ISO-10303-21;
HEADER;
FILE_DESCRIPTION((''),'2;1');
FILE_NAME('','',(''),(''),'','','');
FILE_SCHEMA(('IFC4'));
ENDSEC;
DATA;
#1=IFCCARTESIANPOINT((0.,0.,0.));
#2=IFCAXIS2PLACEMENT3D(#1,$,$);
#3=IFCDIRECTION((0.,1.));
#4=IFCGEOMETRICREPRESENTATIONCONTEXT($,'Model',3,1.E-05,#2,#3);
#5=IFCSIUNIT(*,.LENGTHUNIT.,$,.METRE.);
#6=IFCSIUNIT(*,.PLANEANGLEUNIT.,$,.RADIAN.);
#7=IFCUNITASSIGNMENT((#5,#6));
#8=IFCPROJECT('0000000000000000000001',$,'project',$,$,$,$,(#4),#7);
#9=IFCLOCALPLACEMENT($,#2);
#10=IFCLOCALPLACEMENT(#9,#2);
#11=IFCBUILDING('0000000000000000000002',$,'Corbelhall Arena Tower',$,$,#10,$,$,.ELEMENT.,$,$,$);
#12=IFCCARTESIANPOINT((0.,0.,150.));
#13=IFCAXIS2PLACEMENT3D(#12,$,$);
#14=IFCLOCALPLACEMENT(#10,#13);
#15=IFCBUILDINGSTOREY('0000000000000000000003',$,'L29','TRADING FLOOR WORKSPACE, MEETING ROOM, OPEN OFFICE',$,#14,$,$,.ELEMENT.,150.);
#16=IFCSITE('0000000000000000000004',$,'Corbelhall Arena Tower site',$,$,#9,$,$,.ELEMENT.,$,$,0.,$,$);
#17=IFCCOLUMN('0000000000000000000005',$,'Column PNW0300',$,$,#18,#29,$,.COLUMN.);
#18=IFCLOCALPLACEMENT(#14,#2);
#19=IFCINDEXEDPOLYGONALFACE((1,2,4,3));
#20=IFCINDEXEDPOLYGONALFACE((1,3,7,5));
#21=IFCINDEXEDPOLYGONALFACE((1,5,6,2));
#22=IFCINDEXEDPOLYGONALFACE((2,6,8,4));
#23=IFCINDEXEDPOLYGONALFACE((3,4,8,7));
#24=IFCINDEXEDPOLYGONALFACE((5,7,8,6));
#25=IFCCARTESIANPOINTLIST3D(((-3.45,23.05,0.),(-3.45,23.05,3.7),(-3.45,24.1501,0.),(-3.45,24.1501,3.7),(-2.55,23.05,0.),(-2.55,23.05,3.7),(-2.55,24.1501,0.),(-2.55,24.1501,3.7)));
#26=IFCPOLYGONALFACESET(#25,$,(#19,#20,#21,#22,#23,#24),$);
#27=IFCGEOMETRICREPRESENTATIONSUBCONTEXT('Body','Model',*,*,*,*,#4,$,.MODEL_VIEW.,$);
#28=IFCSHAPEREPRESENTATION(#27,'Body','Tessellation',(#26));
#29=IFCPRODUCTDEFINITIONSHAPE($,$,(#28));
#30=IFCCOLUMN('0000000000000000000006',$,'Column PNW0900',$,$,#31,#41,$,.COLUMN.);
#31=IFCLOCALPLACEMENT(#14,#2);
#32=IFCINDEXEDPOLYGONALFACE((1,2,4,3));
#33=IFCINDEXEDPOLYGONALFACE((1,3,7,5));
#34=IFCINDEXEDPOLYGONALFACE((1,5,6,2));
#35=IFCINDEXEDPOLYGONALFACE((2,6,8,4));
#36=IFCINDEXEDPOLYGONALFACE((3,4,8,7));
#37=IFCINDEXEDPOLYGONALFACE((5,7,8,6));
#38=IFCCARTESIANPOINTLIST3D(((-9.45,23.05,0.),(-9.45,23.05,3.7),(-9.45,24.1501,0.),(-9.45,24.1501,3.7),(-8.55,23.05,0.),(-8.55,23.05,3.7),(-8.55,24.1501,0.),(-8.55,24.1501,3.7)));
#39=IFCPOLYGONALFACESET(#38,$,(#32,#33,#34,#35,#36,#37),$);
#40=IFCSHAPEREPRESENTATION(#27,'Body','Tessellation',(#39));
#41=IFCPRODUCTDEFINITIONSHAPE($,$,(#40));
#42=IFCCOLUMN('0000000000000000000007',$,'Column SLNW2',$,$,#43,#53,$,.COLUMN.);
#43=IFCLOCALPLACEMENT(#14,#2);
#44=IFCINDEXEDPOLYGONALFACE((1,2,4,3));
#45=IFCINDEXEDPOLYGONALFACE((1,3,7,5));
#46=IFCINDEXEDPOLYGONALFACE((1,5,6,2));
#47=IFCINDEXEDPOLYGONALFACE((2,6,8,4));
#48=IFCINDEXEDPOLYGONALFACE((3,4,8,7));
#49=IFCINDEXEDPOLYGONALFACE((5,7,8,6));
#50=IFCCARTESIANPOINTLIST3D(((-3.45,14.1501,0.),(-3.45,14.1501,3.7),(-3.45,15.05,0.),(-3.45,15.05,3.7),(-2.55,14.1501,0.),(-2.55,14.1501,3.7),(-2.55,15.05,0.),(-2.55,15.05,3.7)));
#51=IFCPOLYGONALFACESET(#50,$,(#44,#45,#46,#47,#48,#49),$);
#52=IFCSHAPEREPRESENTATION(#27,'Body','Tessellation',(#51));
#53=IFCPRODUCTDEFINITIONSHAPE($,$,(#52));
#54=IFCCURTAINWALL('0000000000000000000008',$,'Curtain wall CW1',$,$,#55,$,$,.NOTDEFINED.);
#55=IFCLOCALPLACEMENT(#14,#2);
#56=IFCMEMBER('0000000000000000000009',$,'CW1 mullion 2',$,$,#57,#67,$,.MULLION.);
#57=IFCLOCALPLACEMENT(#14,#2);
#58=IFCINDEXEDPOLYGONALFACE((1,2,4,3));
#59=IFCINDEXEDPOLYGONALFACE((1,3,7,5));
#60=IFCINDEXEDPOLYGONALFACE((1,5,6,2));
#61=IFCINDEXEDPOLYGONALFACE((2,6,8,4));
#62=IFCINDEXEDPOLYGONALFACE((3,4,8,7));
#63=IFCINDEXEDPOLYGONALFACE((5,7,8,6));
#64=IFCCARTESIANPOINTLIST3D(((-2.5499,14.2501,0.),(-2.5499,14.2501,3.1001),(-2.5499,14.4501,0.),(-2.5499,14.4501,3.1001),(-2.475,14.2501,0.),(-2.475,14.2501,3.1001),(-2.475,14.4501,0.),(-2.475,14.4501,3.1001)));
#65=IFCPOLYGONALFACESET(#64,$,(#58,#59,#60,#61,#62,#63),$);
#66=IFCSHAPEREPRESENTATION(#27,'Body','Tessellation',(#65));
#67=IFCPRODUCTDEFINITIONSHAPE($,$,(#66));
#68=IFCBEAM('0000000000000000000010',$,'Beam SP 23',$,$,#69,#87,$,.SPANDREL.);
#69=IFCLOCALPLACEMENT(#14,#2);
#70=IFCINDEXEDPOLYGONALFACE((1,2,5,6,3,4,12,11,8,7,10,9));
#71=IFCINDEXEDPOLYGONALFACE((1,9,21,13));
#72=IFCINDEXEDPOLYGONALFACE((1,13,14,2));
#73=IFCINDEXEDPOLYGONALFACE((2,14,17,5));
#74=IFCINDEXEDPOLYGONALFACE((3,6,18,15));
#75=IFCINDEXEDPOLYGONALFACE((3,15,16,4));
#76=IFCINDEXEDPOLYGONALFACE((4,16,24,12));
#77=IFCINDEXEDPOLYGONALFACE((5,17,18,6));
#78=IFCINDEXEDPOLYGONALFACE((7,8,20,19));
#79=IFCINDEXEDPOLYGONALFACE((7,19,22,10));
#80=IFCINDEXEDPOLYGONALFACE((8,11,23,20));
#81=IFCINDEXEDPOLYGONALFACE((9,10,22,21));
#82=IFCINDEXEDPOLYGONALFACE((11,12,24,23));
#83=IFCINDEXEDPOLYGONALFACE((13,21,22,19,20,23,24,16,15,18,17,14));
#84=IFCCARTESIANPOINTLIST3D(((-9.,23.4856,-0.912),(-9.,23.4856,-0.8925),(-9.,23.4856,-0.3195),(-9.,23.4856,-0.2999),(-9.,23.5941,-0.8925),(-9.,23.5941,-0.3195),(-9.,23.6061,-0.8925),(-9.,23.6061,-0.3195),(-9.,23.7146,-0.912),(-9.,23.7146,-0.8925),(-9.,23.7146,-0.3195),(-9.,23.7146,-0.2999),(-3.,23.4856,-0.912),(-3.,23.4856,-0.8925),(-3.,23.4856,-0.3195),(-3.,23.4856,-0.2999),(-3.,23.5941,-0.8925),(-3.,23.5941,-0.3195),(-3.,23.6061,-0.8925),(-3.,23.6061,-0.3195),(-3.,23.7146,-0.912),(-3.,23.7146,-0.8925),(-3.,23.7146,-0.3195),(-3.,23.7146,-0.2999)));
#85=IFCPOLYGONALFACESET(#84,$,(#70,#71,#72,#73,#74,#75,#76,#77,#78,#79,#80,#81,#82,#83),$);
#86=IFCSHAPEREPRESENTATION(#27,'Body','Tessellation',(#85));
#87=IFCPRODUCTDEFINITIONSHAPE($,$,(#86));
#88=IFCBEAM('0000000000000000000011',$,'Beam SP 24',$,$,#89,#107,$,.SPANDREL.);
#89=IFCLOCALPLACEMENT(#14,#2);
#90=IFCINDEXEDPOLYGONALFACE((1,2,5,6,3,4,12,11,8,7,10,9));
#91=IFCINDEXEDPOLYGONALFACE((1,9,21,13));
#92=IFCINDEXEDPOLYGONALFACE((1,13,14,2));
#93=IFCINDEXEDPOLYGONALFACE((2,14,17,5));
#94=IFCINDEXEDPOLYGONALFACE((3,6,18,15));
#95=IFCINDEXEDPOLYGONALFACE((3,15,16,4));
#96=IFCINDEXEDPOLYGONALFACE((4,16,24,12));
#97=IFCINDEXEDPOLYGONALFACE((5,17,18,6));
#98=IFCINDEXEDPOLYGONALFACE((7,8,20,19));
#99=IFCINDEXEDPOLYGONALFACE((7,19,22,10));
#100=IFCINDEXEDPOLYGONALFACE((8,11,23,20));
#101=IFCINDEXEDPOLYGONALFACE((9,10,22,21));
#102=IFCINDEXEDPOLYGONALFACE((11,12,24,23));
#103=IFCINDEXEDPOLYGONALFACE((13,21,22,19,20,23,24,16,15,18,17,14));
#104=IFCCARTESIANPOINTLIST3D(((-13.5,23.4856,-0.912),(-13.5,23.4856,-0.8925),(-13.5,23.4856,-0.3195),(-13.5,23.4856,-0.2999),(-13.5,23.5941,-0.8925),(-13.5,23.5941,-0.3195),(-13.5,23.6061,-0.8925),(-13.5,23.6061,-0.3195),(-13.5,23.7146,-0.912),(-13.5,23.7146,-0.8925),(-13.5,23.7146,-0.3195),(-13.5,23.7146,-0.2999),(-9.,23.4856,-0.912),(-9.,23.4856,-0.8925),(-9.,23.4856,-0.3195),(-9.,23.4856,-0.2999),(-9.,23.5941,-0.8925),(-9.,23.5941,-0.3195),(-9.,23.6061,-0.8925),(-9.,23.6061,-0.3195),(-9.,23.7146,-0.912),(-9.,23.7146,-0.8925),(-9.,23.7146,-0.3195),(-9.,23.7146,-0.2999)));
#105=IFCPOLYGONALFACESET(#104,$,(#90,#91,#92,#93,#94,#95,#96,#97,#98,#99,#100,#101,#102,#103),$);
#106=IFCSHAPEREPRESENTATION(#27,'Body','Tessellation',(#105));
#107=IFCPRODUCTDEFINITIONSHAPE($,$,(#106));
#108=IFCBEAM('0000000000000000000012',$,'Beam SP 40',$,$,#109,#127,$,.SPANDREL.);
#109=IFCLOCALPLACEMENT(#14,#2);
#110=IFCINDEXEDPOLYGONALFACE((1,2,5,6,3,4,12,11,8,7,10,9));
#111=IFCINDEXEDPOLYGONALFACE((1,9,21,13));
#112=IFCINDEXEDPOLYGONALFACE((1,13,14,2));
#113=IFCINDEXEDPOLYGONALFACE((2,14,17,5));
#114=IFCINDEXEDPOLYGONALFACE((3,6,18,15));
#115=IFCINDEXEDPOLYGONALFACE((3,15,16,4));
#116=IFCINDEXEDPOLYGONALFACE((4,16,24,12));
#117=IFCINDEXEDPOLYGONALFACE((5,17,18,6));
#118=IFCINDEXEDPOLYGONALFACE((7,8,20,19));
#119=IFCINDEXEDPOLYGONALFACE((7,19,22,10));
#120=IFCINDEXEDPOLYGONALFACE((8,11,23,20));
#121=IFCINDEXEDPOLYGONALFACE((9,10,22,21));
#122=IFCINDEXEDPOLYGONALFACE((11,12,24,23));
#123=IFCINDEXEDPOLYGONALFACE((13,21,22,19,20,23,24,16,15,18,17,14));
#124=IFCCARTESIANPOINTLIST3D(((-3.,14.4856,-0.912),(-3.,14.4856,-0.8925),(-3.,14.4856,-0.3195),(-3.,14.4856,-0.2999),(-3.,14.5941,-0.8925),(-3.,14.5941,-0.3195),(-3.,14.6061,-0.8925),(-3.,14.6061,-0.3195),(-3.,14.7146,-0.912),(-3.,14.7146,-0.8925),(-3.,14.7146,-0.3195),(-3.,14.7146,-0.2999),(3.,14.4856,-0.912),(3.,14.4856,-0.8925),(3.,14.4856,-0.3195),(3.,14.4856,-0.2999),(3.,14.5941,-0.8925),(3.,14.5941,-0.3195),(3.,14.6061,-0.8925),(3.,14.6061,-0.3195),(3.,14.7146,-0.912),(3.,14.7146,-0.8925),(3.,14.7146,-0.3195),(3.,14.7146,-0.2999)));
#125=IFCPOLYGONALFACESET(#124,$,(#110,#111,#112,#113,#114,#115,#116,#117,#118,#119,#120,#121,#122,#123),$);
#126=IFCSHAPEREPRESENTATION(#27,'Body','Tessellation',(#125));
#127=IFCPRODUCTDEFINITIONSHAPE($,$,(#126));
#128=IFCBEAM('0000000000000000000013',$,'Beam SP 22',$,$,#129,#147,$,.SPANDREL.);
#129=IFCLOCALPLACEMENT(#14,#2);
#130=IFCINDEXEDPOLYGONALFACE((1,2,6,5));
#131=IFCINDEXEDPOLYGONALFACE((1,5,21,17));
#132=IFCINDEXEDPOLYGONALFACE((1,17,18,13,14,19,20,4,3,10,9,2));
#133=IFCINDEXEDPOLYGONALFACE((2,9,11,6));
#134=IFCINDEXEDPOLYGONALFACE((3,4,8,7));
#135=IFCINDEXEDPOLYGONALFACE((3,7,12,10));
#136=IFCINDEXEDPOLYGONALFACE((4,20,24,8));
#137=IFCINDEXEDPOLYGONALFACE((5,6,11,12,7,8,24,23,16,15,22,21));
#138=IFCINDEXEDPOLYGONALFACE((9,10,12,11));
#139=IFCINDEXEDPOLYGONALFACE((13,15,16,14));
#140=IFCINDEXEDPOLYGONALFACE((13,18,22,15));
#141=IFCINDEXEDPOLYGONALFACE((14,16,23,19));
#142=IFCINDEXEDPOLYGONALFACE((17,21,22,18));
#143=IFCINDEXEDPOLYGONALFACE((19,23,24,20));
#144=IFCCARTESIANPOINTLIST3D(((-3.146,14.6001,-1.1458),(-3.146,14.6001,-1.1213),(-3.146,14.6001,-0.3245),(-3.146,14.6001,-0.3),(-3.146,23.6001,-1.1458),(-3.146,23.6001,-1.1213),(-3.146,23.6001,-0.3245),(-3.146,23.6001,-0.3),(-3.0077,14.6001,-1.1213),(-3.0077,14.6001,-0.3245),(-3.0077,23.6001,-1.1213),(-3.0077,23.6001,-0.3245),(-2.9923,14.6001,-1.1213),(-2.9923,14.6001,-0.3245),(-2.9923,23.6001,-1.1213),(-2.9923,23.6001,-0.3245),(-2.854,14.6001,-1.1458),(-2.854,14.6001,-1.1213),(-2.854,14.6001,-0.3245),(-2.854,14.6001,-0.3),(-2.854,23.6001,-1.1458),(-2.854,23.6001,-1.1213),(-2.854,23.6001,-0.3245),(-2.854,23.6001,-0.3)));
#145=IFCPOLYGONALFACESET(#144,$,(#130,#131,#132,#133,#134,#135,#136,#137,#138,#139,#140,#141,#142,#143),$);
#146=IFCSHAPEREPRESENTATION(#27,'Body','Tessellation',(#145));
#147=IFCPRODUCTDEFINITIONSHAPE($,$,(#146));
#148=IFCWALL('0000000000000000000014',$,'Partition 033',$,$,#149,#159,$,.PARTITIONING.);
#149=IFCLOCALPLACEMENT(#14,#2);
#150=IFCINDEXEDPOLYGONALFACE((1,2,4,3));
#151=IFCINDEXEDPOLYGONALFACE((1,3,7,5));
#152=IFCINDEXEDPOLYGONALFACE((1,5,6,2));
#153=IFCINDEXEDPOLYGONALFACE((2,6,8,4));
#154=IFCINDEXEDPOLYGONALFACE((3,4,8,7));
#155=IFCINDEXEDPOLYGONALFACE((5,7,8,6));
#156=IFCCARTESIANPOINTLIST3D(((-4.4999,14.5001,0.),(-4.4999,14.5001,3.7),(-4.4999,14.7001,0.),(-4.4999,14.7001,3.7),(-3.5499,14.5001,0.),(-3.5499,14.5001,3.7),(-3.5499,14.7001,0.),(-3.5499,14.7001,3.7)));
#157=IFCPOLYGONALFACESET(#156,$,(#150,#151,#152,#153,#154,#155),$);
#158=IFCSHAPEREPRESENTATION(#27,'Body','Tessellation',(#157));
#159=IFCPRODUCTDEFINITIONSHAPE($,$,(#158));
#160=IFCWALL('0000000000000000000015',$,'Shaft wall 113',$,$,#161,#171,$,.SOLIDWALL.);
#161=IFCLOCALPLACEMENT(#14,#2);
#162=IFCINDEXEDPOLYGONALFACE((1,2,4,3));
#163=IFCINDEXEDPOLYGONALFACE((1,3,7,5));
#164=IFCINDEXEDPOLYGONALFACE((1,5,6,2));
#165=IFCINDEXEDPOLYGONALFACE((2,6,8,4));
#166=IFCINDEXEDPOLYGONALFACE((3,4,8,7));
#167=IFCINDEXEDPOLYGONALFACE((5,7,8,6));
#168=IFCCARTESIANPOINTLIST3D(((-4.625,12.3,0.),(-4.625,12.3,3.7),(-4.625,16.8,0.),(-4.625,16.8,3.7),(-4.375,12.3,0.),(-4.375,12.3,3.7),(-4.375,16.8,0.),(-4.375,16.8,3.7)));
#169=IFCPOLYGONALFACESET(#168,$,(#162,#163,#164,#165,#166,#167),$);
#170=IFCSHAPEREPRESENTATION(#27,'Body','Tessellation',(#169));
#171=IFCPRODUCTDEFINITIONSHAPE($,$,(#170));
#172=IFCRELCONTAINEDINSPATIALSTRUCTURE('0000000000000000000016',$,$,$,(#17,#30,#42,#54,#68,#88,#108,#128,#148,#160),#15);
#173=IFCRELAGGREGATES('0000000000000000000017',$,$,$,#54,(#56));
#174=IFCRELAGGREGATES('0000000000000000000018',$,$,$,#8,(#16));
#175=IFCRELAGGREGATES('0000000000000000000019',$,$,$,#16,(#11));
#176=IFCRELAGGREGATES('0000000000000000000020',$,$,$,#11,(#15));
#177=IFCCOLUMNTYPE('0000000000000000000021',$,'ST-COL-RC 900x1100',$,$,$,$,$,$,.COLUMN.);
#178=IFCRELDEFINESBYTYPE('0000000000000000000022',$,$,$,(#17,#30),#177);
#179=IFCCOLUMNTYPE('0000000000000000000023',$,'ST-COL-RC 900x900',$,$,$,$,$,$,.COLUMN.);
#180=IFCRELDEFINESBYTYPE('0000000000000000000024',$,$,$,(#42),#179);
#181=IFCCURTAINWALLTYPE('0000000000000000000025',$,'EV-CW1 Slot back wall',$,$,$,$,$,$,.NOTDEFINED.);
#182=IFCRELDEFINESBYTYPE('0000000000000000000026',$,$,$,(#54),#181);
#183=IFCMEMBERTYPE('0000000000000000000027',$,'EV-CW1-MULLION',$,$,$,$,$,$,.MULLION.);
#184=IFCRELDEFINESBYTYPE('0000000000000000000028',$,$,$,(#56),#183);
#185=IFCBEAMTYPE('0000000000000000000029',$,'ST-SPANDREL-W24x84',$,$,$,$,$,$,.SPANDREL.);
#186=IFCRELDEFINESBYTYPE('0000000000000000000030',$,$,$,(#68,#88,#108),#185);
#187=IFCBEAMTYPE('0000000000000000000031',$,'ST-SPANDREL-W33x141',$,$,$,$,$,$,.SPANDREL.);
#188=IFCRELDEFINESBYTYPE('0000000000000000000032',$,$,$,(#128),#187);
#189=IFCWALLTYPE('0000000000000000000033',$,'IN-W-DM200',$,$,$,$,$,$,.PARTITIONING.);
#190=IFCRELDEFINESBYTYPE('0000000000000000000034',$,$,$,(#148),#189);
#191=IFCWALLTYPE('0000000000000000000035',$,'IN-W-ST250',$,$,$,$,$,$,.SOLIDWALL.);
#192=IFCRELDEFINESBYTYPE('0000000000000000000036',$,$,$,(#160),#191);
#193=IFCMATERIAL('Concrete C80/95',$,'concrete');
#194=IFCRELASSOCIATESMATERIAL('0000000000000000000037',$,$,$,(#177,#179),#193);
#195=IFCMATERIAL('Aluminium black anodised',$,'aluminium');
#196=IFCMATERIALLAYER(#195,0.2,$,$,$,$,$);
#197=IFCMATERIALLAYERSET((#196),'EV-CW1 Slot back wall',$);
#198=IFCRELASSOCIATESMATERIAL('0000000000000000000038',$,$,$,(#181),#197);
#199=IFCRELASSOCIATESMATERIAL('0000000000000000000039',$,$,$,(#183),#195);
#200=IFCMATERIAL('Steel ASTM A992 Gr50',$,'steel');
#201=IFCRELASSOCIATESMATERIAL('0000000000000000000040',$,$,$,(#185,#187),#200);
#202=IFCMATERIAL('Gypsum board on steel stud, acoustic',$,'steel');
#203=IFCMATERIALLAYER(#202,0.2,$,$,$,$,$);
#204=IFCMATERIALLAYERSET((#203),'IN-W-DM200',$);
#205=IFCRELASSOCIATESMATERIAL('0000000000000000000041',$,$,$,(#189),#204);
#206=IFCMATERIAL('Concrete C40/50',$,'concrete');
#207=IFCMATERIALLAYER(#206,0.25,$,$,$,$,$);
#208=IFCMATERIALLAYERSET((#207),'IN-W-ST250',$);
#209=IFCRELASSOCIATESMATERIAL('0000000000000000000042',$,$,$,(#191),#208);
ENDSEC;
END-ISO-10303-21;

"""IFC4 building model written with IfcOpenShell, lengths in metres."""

from ifc_helpers import new_model, si_unit, direction, frame, frame_2d, origin, origin_2d, place, context, subcontext, project, spatial, rectangle, i_section, extrude, material, layer, layer_set, material_profile, profile_set, type_object, element, aggregate, save


model = new_model("IFC4")

# Units and contexts
model_context = context("Model", 3, precision=1e-05, world=origin(), true_north=direction((0.0, 1.0)))
body_context = subcontext(model_context, "Body", "Model", "MODEL_VIEW")
ifc_project = project(units=[si_unit("LENGTHUNIT", "METRE"), si_unit("PLANEANGLEUNIT", "RADIAN")], contexts=[model_context])

# Site, building, storey
site_placement = place(None, origin())
site = spatial("IfcSite", under=ifc_project, at=site_placement, Name="Corbelhall Arena Tower site", CompositionType="ELEMENT", RefElevation=0.0)
building_placement = place(site_placement, origin())
building = spatial("IfcBuilding", under=site, at=building_placement, Name="Corbelhall Arena Tower", CompositionType="ELEMENT")
storey_placement = place(building_placement, frame((0.0, 0.0, 150.0)))
storey = spatial("IfcBuildingStorey", under=building, at=storey_placement, Name="L29", Description="TRADING FLOOR WORKSPACE, MEETING ROOM, OPEN OFFICE", CompositionType="ELEMENT", Elevation=150.0)

# Columns
ifc_material_1 = material(Name="Concrete C80/95", Category="concrete")
ifc_material_profile_1 = material_profile(ifc_material_1, rectangle(XDim=0.8999, YDim=1.1001, at=origin_2d()))
ifc_profile_set_1 = profile_set([ifc_material_profile_1], Name="Concrete C80/95")
column_type_1 = type_object("IfcColumnType", Name="ST-COL-RC 900x1100", PredefinedType="COLUMN", material=ifc_profile_set_1)
for number, where, z_axis, x_axis, name in (
    (1, (-3.0, 23.6001, 0.0), (0.0, 0.0, 1.0), (1.0, 0.0, 0.0), "Column PNW0300"),
    (2, (-9.0, 23.6001, 0.0), (0.0, 0.0, 1.0), (1.0, 0.0, 0.0), "Column PNW0900"),
):
    element("IfcColumn", number, at=place(storey_placement, frame(where, z_axis=z_axis, x_axis=x_axis)), inside=storey, type_object=column_type_1, Name=name, PredefinedType="COLUMN", context=body_context, shape_type="SweptSolid", body=[
        extrude(rectangle(XDim=0.8999, YDim=1.1001, at=origin_2d()), origin(), (0.0, 0.0, 1.0), 3.7),
    ])
ifc_material_profile_2 = material_profile(ifc_material_1, rectangle(XDim=0.8999, YDim=0.8999, at=origin_2d()))
ifc_profile_set_2 = profile_set([ifc_material_profile_2], Name="Concrete C80/95")
column_type_2 = type_object("IfcColumnType", Name="ST-COL-RC 900x900", PredefinedType="COLUMN", material=ifc_profile_set_2)
column_placement = place(storey_placement, frame((-3.0, 14.6001, 0.0), z_axis=(0.0, 0.0, 1.0), x_axis=(1.0, 0.0, 0.0)))
element("IfcColumn", 3, at=column_placement, inside=storey, type_object=column_type_2, Name="Column SLNW2", PredefinedType="COLUMN", context=body_context, shape_type="SweptSolid", body=[
    extrude(rectangle(XDim=0.8999, YDim=0.8999, at=origin_2d()), origin(), (0.0, 0.0, 1.0), 3.7),
])

# Curtain wall, member
ifc_material_2 = material(Name="Aluminium black anodised", Category="aluminium")
ifc_layer_1 = layer(ifc_material_2, 0.2)
ifc_layer_set_1 = layer_set([ifc_layer_1], Name="EV-CW1 Slot back wall")
curtain_wall_type = type_object("IfcCurtainWallType", Name="EV-CW1 Slot back wall", PredefinedType="NOTDEFINED", material=ifc_layer_set_1)
curtain_wall_placement = place(storey_placement, origin())
curtain_wall = element("IfcCurtainWall", 4, at=curtain_wall_placement, inside=storey, type_object=curtain_wall_type, Name="Curtain wall CW1", PredefinedType="NOTDEFINED")
ifc_material_profile_3 = material_profile(ifc_material_2, rectangle(XDim=0.2, YDim=0.075, at=origin_2d()))
ifc_profile_set_3 = profile_set([ifc_material_profile_3], Name="Aluminium black anodised")
member_type = type_object("IfcMemberType", Name="EV-CW1-MULLION", PredefinedType="MULLION", material=ifc_profile_set_3)
member_placement = place(storey_placement, frame((-2.5125, 14.3501, 0.0), z_axis=(0.0, 0.0, 1.0), x_axis=(0.0, -1.0, 0.0)))
member = element("IfcMember", 5, at=member_placement, type_object=member_type, Name="CW1 mullion 2", PredefinedType="MULLION", context=body_context, shape_type="SweptSolid", body=[
    extrude(rectangle(XDim=0.2, YDim=0.075, at=origin_2d()), origin(), (0.0, 0.0, 1.0), 3.1001),
])
aggregate(curtain_wall, [member])

# Beams
ifc_material_3 = material(Name="Steel ASTM A992 Gr50", Category="steel")
ifc_material_profile_4 = material_profile(ifc_material_3, i_section(OverallWidth=0.229, OverallDepth=0.6121, WebThickness=0.012, FlangeThickness=0.0195, at=origin_2d()))
ifc_profile_set_4 = profile_set([ifc_material_profile_4], Name="Steel ASTM A992 Gr50")
beam_type_1 = type_object("IfcBeamType", Name="ST-SPANDREL-W24x84", PredefinedType="SPANDREL", material=ifc_profile_set_4)
beam_1_placement = place(storey_placement, frame((-9.0, 23.6001, -0.606), z_axis=(1.0, 0.0, 0.0), x_axis=(0.0, 1.0, 0.0)))
element("IfcBeam", 6, at=beam_1_placement, inside=storey, type_object=beam_type_1, Name="Beam SP 23", PredefinedType="SPANDREL", context=body_context, shape_type="SweptSolid", body=[
    extrude(i_section(OverallWidth=0.229, OverallDepth=0.6121, WebThickness=0.012, FlangeThickness=0.0195, at=origin_2d()), origin(), (0.0, 0.0, 1.0), 6.0),
])
beam_2_placement = place(storey_placement, frame((-13.5, 23.6001, -0.606), z_axis=(1.0, 0.0, 0.0), x_axis=(0.0, 1.0, 0.0)))
element("IfcBeam", 7, at=beam_2_placement, inside=storey, type_object=beam_type_1, Name="Beam SP 24", PredefinedType="SPANDREL", context=body_context, shape_type="SweptSolid", body=[
    extrude(i_section(OverallWidth=0.229, OverallDepth=0.6121, WebThickness=0.012, FlangeThickness=0.0195, at=origin_2d()), origin(), (0.0, 0.0, 1.0), 4.5),
])
beam_3_placement = place(storey_placement, frame((-3.0, 14.6001, -0.606), z_axis=(1.0, 0.0, 0.0), x_axis=(0.0, 1.0, 0.0)))
element("IfcBeam", 8, at=beam_3_placement, inside=storey, type_object=beam_type_1, Name="Beam SP 40", PredefinedType="SPANDREL", context=body_context, shape_type="SweptSolid", body=[
    extrude(i_section(OverallWidth=0.229, OverallDepth=0.6121, WebThickness=0.012, FlangeThickness=0.0195, at=origin_2d()), origin(), (0.0, 0.0, 1.0), 6.0),
])
ifc_material_profile_5 = material_profile(ifc_material_3, i_section(OverallWidth=0.292, OverallDepth=0.8457, WebThickness=0.0154, FlangeThickness=0.0244, at=origin_2d()))
ifc_profile_set_5 = profile_set([ifc_material_profile_5], Name="Steel ASTM A992 Gr50")
beam_type_2 = type_object("IfcBeamType", Name="ST-SPANDREL-W33x141", PredefinedType="SPANDREL", material=ifc_profile_set_5)
beam_4_placement = place(storey_placement, frame((-3.0, 23.6001, -0.7229), z_axis=(0.0, -1.0, 0.0), x_axis=(1.0, 0.0, 0.0)))
element("IfcBeam", 9, at=beam_4_placement, inside=storey, type_object=beam_type_2, Name="Beam SP 22", PredefinedType="SPANDREL", context=body_context, shape_type="SweptSolid", body=[
    extrude(i_section(OverallWidth=0.292, OverallDepth=0.8457, WebThickness=0.0154, FlangeThickness=0.0244, at=origin_2d()), origin(), (0.0, 0.0, 1.0), 9.0),
])

# Walls
ifc_material_4 = material(Name="Gypsum board on steel stud, acoustic", Category="steel")
ifc_layer_2 = layer(ifc_material_4, 0.2)
ifc_layer_set_2 = layer_set([ifc_layer_2], Name="IN-W-DM200")
wall_type_1 = type_object("IfcWallType", Name="IN-W-DM200", PredefinedType="PARTITIONING", material=ifc_layer_set_2)
wall_1_placement = place(storey_placement, frame((-4.5, 14.6001, 0.0), z_axis=(0.0, 0.0, 1.0), x_axis=(1.0, 0.0, 0.0)))
element("IfcWall", 10, at=wall_1_placement, inside=storey, type_object=wall_type_1, Name="Partition 033", PredefinedType="PARTITIONING", context=body_context, shape_type="SweptSolid", body=[
    extrude(rectangle(XDim=0.95, YDim=0.2, at=frame_2d((0.4751, 0.0))), origin(), (0.0, 0.0, 1.0), 3.7),
])
ifc_material_5 = material(Name="Concrete C40/50", Category="concrete")
ifc_layer_3 = layer(ifc_material_5, 0.25)
ifc_layer_set_3 = layer_set([ifc_layer_3], Name="IN-W-ST250")
wall_type_2 = type_object("IfcWallType", Name="IN-W-ST250", PredefinedType="SOLIDWALL", material=ifc_layer_set_3)
wall_2_placement = place(storey_placement, frame((-4.5, 16.8, 0.0), z_axis=(0.0, 0.0, 1.0), x_axis=(0.0, -1.0, 0.0)))
element("IfcWall", 11, at=wall_2_placement, inside=storey, type_object=wall_type_2, Name="Shaft wall 113", PredefinedType="SOLIDWALL", context=body_context, shape_type="SweptSolid", body=[
    extrude(rectangle(XDim=4.5, YDim=0.25, at=frame_2d((2.25, 0.0))), origin(), (0.0, 0.0, 1.0), 3.7),
])

save(model, "model.ifc")
